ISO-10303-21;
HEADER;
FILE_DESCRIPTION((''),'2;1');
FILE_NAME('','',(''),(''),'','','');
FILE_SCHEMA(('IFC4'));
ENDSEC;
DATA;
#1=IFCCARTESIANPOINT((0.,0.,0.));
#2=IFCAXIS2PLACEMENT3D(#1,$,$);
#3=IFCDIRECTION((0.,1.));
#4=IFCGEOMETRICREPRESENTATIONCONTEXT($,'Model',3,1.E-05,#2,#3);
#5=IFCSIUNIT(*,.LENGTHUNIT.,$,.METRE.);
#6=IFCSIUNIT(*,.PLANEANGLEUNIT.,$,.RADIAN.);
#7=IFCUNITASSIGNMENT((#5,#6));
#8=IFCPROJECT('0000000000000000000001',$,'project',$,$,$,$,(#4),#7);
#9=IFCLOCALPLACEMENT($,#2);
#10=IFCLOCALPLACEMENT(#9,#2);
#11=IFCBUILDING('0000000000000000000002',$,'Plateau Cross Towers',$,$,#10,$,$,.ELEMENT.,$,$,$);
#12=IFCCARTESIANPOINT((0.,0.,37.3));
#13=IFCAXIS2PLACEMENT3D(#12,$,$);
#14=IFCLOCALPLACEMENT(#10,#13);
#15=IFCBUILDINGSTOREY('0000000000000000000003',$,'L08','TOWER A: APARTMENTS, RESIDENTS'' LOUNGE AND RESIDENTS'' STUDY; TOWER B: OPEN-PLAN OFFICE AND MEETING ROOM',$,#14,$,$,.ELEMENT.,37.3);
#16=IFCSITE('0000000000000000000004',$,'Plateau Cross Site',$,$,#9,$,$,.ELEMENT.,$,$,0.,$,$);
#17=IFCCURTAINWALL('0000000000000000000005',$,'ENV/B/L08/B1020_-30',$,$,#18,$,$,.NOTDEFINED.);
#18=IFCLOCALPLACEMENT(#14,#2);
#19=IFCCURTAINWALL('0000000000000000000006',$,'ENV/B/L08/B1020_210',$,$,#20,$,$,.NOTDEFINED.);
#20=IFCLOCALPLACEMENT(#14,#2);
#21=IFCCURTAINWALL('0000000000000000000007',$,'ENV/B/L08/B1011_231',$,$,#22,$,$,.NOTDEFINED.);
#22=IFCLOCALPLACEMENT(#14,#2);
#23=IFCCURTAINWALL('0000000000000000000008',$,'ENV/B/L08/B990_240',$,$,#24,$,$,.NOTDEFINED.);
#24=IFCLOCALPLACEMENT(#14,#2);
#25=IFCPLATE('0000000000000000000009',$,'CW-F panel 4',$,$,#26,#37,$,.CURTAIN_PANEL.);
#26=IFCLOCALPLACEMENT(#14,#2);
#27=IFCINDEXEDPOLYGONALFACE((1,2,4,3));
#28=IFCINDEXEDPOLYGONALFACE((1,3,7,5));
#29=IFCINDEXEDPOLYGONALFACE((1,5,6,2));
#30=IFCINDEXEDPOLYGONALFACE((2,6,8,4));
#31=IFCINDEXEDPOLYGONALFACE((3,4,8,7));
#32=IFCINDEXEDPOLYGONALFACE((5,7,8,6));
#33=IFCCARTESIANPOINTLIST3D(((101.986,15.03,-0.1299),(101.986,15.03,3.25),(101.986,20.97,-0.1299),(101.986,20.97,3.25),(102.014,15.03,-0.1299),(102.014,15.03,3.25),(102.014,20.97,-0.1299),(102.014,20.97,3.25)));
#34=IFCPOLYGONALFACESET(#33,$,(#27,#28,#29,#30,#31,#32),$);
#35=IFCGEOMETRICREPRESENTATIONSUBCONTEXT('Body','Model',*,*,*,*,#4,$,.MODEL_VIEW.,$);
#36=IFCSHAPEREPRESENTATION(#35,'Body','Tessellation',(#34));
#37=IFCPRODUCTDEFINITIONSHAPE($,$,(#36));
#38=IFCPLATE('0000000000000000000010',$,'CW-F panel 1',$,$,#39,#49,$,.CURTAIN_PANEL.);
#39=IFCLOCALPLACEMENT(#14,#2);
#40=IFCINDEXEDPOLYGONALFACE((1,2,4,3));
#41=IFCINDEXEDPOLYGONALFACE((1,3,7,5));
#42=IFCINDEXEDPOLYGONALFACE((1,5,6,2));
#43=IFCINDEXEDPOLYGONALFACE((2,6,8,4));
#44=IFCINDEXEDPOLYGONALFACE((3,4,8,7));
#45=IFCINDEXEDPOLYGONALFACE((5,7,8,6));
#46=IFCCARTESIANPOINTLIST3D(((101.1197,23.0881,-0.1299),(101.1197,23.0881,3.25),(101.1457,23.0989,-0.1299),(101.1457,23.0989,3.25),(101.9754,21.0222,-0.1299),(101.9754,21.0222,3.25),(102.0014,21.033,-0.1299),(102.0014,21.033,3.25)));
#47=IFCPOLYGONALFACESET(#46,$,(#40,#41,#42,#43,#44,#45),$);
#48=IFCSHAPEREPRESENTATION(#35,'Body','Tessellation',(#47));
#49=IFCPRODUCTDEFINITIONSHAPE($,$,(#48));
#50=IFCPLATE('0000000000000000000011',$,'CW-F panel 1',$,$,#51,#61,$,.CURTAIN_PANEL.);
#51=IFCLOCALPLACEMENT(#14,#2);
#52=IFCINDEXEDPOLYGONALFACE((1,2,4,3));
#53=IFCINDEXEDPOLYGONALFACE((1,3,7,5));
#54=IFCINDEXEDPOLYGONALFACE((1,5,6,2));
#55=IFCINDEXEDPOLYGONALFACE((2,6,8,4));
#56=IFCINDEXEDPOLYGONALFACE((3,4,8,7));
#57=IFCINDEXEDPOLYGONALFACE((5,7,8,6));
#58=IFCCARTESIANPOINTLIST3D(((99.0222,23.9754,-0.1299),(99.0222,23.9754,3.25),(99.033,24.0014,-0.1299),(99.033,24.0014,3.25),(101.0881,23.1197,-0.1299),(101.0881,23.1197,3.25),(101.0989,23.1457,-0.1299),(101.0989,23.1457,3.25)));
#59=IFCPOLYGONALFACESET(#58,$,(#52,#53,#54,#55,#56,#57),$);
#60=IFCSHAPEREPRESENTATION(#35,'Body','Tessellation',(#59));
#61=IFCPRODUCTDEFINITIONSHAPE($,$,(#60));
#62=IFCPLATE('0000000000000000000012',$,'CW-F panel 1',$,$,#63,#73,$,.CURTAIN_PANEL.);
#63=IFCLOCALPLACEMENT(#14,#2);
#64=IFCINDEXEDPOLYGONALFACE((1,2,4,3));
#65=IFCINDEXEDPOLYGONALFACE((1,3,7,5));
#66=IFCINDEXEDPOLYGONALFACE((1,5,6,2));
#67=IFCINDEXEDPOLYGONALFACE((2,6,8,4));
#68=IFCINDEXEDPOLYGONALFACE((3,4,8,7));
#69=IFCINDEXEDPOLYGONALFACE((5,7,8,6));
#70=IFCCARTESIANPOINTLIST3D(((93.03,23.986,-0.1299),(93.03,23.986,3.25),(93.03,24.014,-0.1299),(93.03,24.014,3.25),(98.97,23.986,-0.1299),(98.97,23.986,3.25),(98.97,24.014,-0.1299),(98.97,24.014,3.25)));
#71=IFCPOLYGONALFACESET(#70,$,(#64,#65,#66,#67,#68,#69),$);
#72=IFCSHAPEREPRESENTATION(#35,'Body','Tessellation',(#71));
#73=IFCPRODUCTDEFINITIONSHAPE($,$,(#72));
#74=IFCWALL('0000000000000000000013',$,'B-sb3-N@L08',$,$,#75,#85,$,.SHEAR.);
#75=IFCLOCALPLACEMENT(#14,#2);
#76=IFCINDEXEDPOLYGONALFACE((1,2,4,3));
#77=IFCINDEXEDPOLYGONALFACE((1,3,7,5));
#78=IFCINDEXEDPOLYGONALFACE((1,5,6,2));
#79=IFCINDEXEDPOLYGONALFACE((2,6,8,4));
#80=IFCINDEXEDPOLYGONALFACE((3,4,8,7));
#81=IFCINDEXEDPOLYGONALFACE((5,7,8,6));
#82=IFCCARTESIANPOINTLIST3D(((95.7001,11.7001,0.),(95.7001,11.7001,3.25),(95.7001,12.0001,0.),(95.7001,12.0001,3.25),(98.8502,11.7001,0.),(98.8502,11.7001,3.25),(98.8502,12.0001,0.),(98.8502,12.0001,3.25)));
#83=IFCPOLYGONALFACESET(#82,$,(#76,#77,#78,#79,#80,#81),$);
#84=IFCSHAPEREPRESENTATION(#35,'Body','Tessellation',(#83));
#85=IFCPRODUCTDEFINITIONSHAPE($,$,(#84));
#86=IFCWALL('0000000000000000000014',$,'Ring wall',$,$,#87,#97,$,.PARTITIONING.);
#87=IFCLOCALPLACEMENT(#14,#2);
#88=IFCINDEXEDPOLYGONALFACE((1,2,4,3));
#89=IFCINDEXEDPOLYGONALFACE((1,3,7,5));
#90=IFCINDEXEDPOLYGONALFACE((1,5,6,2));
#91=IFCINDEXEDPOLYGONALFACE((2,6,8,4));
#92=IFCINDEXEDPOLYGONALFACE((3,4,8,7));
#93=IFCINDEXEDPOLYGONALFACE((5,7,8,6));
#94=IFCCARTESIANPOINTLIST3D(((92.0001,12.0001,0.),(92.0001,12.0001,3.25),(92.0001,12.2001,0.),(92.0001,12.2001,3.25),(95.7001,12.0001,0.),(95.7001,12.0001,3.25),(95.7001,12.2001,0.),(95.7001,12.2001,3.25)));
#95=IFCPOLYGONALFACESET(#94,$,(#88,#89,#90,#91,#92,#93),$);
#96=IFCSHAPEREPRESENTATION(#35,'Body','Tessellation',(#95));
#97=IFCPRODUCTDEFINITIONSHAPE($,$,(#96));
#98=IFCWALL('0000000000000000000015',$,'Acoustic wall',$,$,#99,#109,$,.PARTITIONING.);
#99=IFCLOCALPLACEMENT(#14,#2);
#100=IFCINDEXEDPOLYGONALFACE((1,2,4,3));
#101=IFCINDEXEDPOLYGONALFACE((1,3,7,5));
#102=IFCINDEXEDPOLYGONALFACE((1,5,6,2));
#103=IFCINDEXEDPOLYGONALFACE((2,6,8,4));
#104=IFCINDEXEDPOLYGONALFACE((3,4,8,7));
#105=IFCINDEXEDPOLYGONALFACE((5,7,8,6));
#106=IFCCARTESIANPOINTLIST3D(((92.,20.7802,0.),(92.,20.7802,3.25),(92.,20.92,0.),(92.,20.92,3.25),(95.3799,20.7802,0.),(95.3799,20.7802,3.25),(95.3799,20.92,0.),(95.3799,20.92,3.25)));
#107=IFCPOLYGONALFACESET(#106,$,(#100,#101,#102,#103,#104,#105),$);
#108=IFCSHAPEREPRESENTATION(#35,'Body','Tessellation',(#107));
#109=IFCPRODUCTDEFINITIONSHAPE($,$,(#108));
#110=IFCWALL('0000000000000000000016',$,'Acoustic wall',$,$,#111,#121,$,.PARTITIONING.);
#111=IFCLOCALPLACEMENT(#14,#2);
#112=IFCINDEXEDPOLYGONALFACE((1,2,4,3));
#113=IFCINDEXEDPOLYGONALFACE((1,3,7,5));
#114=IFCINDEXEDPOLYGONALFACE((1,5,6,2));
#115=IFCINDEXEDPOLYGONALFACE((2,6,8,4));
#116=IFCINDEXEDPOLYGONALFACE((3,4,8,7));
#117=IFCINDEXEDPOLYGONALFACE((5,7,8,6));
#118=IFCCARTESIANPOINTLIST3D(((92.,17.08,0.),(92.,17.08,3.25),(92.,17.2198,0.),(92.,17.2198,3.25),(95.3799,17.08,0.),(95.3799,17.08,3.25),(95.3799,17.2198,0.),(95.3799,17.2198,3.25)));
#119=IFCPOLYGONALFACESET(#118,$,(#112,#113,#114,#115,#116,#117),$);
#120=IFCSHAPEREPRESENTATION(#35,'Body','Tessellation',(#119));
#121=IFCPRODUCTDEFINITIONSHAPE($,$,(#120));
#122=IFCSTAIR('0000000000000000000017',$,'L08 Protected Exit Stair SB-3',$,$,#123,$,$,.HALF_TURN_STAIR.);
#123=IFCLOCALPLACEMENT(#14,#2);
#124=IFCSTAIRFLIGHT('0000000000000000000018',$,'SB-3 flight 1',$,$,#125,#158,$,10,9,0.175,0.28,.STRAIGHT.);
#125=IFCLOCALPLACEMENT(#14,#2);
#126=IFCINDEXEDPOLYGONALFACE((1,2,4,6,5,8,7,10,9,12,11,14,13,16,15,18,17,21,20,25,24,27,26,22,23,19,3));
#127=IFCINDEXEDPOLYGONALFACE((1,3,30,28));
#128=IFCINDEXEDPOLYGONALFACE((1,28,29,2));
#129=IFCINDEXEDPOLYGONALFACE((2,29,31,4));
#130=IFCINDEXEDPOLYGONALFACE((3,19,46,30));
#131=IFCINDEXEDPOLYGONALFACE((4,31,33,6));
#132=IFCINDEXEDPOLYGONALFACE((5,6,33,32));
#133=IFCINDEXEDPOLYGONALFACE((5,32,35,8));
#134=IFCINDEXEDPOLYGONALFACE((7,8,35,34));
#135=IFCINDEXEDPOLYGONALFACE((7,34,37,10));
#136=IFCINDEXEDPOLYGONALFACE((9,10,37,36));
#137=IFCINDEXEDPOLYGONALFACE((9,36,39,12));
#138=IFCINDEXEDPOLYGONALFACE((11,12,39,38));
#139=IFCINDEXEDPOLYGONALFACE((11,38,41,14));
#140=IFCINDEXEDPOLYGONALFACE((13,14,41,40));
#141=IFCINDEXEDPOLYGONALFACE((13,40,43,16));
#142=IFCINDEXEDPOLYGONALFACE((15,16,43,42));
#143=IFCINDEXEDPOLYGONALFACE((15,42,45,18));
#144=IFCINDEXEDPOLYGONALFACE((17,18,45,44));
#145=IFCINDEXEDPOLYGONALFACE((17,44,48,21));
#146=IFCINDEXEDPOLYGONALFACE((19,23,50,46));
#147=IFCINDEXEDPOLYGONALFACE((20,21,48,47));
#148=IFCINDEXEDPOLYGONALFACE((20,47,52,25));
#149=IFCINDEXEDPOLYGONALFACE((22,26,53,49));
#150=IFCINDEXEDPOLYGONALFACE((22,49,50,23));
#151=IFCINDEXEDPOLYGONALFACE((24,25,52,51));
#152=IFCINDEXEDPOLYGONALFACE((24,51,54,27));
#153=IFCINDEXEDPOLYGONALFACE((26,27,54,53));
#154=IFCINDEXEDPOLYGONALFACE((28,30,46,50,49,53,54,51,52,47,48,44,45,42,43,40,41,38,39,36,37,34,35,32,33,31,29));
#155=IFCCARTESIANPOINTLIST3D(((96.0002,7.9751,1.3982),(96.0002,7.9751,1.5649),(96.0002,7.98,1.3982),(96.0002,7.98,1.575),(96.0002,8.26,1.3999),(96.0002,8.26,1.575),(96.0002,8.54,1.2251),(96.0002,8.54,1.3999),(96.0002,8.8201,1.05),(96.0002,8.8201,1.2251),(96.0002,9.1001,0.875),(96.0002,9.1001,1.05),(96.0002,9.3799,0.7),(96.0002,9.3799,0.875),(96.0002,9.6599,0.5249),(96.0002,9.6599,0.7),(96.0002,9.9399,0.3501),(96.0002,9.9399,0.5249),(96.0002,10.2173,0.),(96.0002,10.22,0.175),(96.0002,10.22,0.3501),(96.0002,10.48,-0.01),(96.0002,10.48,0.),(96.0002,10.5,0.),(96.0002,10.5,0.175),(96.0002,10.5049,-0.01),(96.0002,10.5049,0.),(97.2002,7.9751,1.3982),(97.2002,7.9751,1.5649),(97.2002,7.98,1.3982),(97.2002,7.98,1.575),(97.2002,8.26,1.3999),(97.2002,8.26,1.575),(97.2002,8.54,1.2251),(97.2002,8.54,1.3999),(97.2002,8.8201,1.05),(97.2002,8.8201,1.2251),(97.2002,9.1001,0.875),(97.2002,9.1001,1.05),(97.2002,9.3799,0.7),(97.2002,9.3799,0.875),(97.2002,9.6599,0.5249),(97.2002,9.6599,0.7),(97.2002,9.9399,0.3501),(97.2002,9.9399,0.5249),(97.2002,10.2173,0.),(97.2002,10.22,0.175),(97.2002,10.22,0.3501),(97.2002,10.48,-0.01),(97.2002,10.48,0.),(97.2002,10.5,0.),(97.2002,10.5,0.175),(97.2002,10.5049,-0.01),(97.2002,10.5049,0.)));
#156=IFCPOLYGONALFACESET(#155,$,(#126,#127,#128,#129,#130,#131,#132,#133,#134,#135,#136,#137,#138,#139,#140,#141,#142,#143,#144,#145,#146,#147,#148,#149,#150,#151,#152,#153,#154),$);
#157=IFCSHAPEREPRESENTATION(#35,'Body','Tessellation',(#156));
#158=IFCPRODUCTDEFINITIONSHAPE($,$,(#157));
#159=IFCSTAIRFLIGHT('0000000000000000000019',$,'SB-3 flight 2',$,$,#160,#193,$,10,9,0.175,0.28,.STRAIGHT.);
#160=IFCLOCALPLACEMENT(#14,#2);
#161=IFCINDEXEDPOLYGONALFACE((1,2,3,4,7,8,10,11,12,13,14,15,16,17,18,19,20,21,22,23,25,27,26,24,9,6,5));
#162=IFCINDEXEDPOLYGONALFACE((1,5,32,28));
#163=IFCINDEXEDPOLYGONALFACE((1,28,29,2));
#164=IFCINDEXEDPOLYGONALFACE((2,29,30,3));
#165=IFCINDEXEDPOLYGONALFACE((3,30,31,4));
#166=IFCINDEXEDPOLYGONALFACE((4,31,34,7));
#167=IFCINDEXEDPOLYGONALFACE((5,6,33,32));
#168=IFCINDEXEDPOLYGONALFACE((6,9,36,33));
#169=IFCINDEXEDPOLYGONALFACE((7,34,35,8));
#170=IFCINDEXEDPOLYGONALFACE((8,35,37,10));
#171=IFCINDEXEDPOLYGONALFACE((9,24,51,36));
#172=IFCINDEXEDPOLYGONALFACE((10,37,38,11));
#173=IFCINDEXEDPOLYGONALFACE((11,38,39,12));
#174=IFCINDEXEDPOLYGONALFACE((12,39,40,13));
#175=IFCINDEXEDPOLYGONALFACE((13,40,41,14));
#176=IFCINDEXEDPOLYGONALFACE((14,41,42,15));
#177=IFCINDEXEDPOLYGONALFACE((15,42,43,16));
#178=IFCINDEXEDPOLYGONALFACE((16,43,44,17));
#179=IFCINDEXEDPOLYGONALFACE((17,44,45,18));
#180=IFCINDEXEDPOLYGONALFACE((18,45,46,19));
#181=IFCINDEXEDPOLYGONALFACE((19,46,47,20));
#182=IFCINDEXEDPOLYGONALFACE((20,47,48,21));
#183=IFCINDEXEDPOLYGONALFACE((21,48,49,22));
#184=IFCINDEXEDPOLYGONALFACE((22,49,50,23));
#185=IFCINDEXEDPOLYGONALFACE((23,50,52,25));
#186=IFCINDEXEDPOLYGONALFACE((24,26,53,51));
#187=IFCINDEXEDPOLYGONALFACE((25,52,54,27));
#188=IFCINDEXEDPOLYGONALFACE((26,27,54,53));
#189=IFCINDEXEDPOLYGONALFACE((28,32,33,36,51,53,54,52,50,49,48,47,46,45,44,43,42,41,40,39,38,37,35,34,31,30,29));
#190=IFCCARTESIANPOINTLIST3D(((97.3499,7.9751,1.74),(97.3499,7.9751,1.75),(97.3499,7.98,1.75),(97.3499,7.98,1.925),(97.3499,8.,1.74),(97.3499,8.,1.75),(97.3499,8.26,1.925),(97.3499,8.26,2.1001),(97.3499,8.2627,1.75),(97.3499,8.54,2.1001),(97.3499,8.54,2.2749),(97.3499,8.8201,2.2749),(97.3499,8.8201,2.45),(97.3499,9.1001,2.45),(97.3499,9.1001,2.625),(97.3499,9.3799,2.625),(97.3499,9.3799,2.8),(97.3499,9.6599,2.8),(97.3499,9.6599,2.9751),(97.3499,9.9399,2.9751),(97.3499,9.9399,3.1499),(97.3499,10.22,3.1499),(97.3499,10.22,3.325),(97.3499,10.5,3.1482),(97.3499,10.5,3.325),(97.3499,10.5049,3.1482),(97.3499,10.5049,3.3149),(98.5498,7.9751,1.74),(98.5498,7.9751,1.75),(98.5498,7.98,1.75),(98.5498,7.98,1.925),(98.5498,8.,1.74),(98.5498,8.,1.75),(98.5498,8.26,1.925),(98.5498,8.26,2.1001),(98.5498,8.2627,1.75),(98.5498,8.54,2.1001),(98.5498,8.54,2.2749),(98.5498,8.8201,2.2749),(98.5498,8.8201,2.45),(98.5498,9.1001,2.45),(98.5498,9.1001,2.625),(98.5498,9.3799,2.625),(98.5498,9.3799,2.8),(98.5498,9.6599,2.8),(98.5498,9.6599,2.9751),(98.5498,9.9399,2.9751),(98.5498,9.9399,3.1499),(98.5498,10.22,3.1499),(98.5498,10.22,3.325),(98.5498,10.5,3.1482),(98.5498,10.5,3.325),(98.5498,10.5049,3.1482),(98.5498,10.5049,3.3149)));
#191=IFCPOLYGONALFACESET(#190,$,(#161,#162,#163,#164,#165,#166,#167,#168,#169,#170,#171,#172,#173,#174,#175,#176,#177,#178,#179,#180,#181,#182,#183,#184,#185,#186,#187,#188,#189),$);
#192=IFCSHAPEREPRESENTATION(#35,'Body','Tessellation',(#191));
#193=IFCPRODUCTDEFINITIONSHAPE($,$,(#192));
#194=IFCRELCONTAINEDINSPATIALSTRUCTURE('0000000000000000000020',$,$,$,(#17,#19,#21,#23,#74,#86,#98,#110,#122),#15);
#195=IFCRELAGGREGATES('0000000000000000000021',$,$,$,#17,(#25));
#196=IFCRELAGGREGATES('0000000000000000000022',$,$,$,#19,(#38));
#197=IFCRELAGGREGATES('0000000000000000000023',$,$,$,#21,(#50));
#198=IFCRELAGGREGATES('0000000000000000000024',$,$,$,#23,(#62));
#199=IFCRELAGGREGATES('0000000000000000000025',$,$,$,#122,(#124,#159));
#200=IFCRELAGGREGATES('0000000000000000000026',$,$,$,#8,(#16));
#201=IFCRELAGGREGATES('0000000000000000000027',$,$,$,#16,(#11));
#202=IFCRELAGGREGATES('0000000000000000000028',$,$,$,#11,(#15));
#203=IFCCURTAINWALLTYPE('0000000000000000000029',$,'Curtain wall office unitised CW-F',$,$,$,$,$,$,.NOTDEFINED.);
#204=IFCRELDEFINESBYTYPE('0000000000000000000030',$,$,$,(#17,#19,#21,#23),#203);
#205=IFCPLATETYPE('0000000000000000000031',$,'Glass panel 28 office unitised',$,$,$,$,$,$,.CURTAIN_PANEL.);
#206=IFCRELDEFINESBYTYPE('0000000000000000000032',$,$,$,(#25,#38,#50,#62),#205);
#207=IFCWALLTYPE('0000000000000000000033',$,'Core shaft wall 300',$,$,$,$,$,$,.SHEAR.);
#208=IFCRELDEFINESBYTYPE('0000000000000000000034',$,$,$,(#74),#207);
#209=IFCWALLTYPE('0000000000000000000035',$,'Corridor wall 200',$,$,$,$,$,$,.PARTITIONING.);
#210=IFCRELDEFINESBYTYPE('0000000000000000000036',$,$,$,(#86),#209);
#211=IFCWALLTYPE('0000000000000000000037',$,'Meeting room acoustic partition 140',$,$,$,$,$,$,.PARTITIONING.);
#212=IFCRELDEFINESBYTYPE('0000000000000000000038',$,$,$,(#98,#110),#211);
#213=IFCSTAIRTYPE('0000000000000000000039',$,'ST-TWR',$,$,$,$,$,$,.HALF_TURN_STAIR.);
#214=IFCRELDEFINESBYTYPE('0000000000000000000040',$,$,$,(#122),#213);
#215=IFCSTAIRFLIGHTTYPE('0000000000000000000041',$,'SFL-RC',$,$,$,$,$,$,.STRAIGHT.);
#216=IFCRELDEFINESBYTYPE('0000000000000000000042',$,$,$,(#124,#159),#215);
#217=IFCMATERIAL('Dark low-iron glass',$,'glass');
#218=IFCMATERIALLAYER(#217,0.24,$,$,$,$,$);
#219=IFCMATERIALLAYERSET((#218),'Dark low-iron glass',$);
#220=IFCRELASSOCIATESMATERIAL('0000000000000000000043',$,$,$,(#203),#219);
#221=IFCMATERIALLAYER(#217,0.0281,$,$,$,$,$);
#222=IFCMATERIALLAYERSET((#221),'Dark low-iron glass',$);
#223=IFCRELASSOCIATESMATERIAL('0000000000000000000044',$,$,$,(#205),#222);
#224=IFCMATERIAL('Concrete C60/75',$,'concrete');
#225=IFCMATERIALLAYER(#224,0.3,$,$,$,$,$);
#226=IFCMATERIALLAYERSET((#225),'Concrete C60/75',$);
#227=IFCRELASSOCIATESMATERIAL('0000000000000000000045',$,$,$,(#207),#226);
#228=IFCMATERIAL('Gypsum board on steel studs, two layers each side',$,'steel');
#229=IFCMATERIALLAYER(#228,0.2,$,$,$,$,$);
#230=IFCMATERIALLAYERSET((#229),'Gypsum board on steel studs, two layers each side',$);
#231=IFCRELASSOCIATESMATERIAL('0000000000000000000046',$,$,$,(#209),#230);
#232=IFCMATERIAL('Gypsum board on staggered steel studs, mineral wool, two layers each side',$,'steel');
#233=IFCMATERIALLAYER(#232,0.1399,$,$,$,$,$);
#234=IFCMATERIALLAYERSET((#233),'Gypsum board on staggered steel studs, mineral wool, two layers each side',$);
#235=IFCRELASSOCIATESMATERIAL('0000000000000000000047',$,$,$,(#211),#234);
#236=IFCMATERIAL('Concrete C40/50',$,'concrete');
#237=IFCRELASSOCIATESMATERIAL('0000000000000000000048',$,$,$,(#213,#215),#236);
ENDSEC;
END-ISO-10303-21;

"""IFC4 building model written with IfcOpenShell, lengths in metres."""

from ifc_helpers import new_model, si_unit, direction, frame, frame_2d, origin, origin_2d, place, context, subcontext, project, spatial, polyline, rectangle, outline, extrude, material, layer, layer_set, type_object, element, aggregate, save


model = new_model("IFC4")

# Units and contexts
model_context = context("Model", 3, precision=1e-05, world=origin(), true_north=direction((0.0, 1.0)))
body_context = subcontext(model_context, "Body", "Model", "MODEL_VIEW")
ifc_project = project(units=[si_unit("LENGTHUNIT", "METRE"), si_unit("PLANEANGLEUNIT", "RADIAN")], contexts=[model_context])

# Site, building, storey
site_placement = place(None, origin())
site = spatial("IfcSite", under=ifc_project, at=site_placement, Name="Plateau Cross Site", CompositionType="ELEMENT", RefElevation=0.0)
building_placement = place(site_placement, origin())
building = spatial("IfcBuilding", under=site, at=building_placement, Name="Plateau Cross Towers", CompositionType="ELEMENT")
storey_placement = place(building_placement, frame((0.0, 0.0, 37.3)))
storey = spatial("IfcBuildingStorey", under=building, at=storey_placement, Name="L08", Description="TOWER A: APARTMENTS, RESIDENTS' LOUNGE AND RESIDENTS' STUDY; TOWER B: OPEN-PLAN OFFICE AND MEETING ROOM", CompositionType="ELEMENT", Elevation=37.3)

# Shared definitions
ifc_material_1 = material(Name="Concrete C60/75", Category="concrete")

# Curtain wall
ifc_material_2 = material(Name="Dark low-iron glass", Category="glass")
ifc_layer_1 = layer(ifc_material_2, 0.24)
ifc_layer_set_1 = layer_set([ifc_layer_1], Name="Dark low-iron glass")
curtain_wall_type = type_object("IfcCurtainWallType", Name="Curtain wall office unitised CW-F", PredefinedType="NOTDEFINED", material=ifc_layer_set_1)
curtain_wall_1_placement = place(storey_placement, origin())
curtain_wall_1 = element("IfcCurtainWall", 1, at=curtain_wall_1_placement, inside=storey, type_object=curtain_wall_type, Name="ENV/B/L08/B1020_-30", PredefinedType="NOTDEFINED")

# Curtain walls
curtain_wall_2_placement = place(storey_placement, origin())
curtain_wall_2 = element("IfcCurtainWall", 2, at=curtain_wall_2_placement, inside=storey, type_object=curtain_wall_type, Name="ENV/B/L08/B1020_210", PredefinedType="NOTDEFINED")
curtain_wall_3_placement = place(storey_placement, origin())
curtain_wall_3 = element("IfcCurtainWall", 3, at=curtain_wall_3_placement, inside=storey, type_object=curtain_wall_type, Name="ENV/B/L08/B1011_231", PredefinedType="NOTDEFINED")

# Curtain wall
curtain_wall_4_placement = place(storey_placement, origin())
curtain_wall_4 = element("IfcCurtainWall", 4, at=curtain_wall_4_placement, inside=storey, type_object=curtain_wall_type, Name="ENV/B/L08/B990_240", PredefinedType="NOTDEFINED")

# Plates
ifc_layer_2 = layer(ifc_material_2, 0.0281)
ifc_layer_set_2 = layer_set([ifc_layer_2], Name="Dark low-iron glass")
plate_type = type_object("IfcPlateType", Name="Glass panel 28 office unitised", PredefinedType="CURTAIN_PANEL", material=ifc_layer_set_2)
plate_1_placement = place(storey_placement, frame((102.0, 18.0, -0.1299), z_axis=(0.0, 0.0, 1.0), x_axis=(0.0, 1.0, 0.0)))
plate_1 = element("IfcPlate", 5, at=plate_1_placement, type_object=plate_type, Name="CW-F panel 4", PredefinedType="CURTAIN_PANEL", context=body_context, shape_type="SweptSolid", body=[
    extrude(rectangle(XDim=5.9399, YDim=0.0281, at=origin_2d()), origin(), (0.0, 0.0, 1.0), 3.3799),
])
aggregate(curtain_wall_1, [plate_1])
plate_2_placement = place(storey_placement, frame((101.5605, 22.0605, -0.1299), z_axis=(0.0, 0.0, 1.0), x_axis=(-0.382684, 0.923879, 0.0)))
plate_2 = element("IfcPlate", 6, at=plate_2_placement, type_object=plate_type, Name="CW-F panel 1", PredefinedType="CURTAIN_PANEL", context=body_context, shape_type="SweptSolid", body=[
    extrude(rectangle(XDim=2.2361, YDim=0.0281, at=origin_2d()), origin(), (0.0, 0.0, 1.0), 3.3799),
])
aggregate(curtain_wall_2, [plate_2])
plate_3_placement = place(storey_placement, frame((100.0605, 23.5605, -0.1299), z_axis=(0.0, 0.0, 1.0), x_axis=(-0.923879, 0.382684, 0.0)))
plate_3 = element("IfcPlate", 7, at=plate_3_placement, type_object=plate_type, Name="CW-F panel 1", PredefinedType="CURTAIN_PANEL", context=body_context, shape_type="SweptSolid", body=[
    extrude(rectangle(XDim=2.2361, YDim=0.0281, at=origin_2d()), origin(), (0.0, 0.0, 1.0), 3.3799),
])
aggregate(curtain_wall_3, [plate_3])
plate_4_placement = place(storey_placement, frame((96.0, 24.0, -0.1299), z_axis=(0.0, 0.0, 1.0), x_axis=(-1.0, 0.0, 0.0)))
plate_4 = element("IfcPlate", 8, at=plate_4_placement, type_object=plate_type, Name="CW-F panel 1", PredefinedType="CURTAIN_PANEL", context=body_context, shape_type="SweptSolid", body=[
    extrude(rectangle(XDim=5.9399, YDim=0.0281, at=origin_2d()), origin(), (0.0, 0.0, 1.0), 3.3799),
])
aggregate(curtain_wall_4, [plate_4])

# Walls
ifc_layer_3 = layer(ifc_material_1, 0.3)
ifc_layer_set_3 = layer_set([ifc_layer_3], Name="Concrete C60/75")
wall_type_1 = type_object("IfcWallType", Name="Core shaft wall 300", PredefinedType="SHEAR", material=ifc_layer_set_3)
wall_1_placement = place(storey_placement, frame((95.7, 11.8501, 0.0), z_axis=(0.0, 0.0, 1.0), x_axis=(1.0, 0.0, 0.0)))
element("IfcWall", 9, at=wall_1_placement, inside=storey, type_object=wall_type_1, Name="B-sb3-N@L08", PredefinedType="SHEAR", context=body_context, shape_type="SweptSolid", body=[
    extrude(rectangle(XDim=3.1501, YDim=0.3, at=frame_2d((1.5752, 0.0))), origin(), (0.0, 0.0, 1.0), 3.25),
])
ifc_material_3 = material(Name="Gypsum board on steel studs, two layers each side", Category="steel")
ifc_layer_4 = layer(ifc_material_3, 0.2)
ifc_layer_set_4 = layer_set([ifc_layer_4], Name="Gypsum board on steel studs, two layers each side")
wall_type_2 = type_object("IfcWallType", Name="Corridor wall 200", PredefinedType="PARTITIONING", material=ifc_layer_set_4)
wall_2_placement = place(storey_placement, frame((92.0, 12.1001, 0.0), z_axis=(0.0, 0.0, 1.0), x_axis=(1.0, 0.0, 0.0)))
element("IfcWall", 10, at=wall_2_placement, inside=storey, type_object=wall_type_2, Name="Ring wall", PredefinedType="PARTITIONING", context=body_context, shape_type="SweptSolid", body=[
    extrude(rectangle(XDim=3.7, YDim=0.2, at=frame_2d((1.8501, 0.0))), origin(), (0.0, 0.0, 1.0), 3.25),
])

# Shared definitions
ifc_material_4 = material(Name="Gypsum board on staggered steel studs, mineral wool, two layers each side", Category="steel")
ifc_layer_5 = layer(ifc_material_4, 0.1399)
ifc_layer_set_5 = layer_set([ifc_layer_5], Name="Gypsum board on staggered steel studs, mineral wool, two layers each side")
wall_type_3 = type_object("IfcWallType", Name="Meeting room acoustic partition 140", PredefinedType="PARTITIONING", material=ifc_layer_set_5)

# Wall
wall_3_placement = place(storey_placement, frame((92.0, 20.8501, 0.0), z_axis=(0.0, 0.0, 1.0), x_axis=(1.0, 0.0, 0.0)))
element("IfcWall", 11, at=wall_3_placement, inside=storey, type_object=wall_type_3, Name="Acoustic wall", PredefinedType="PARTITIONING", context=body_context, shape_type="SweptSolid", body=[
    extrude(rectangle(XDim=3.3799, YDim=0.1399, at=frame_2d((1.6899, 0.0))), origin(), (0.0, 0.0, 1.0), 3.25),
])

# Wall
wall_4_placement = place(storey_placement, frame((92.0, 17.1499, 0.0), z_axis=(0.0, 0.0, 1.0), x_axis=(1.0, 0.0, 0.0)))
element("IfcWall", 12, at=wall_4_placement, inside=storey, type_object=wall_type_3, Name="Acoustic wall", PredefinedType="PARTITIONING", context=body_context, shape_type="SweptSolid", body=[
    extrude(rectangle(XDim=3.3799, YDim=0.1399, at=frame_2d((1.6899, 0.0))), origin(), (0.0, 0.0, 1.0), 3.25),
])

# Stair, stair flights
ifc_material_5 = material(Name="Concrete C40/50", Category="concrete")
stair_type = type_object("IfcStairType", Name="ST-TWR", PredefinedType="HALF_TURN_STAIR", material=ifc_material_5)
stair_placement = place(storey_placement, origin())
stair = element("IfcStair", 13, at=stair_placement, inside=storey, type_object=stair_type, Name="L08 Protected Exit Stair SB-3", PredefinedType="HALF_TURN_STAIR")
stair_flight_type = type_object("IfcStairFlightType", Name="SFL-RC", PredefinedType="STRAIGHT", material=ifc_material_5)
stair_flight_1_placement = place(storey_placement, frame((96.6001, 10.5, 0.0), z_axis=(0.0, 0.0, 1.0), x_axis=(0.0, -1.0, 0.0)))
stair_flight_1 = element("IfcStairFlight", 14, at=stair_flight_1_placement, type_object=stair_flight_type, Name="SB-3 flight 1", NumberOfRisers=10, NumberOfTreads=9, PredefinedType="STRAIGHT", RiserHeight=0.175, TreadLength=0.28, context=body_context, shape_type="SweptSolid", body=[
    extrude(outline(polyline([(-0.0049, -0.01), (-0.0049, 0.0), (0.0, 0.0), (0.0, 0.175), (0.28, 0.175), (0.28, 0.3501), (0.5601, 0.3501), (0.5601, 0.5249), (0.8401, 0.5249), (0.8401, 0.7), (1.1201, 0.7), (1.1201, 0.875), (1.3999, 0.875), (1.3999, 1.05), (1.6799, 1.05), (1.6799, 1.2251), (1.96, 1.2251), (1.96, 1.3999), (2.24, 1.3999), (2.24, 1.575), (2.52, 1.575), (2.5249, 1.5649), (2.5249, 1.3982), (2.52, 1.3982), (0.2827, 0.0), (0.02, 0.0), (0.02, -0.01), (-0.0049, -0.01)])), frame((0.0, 0.6001, 0.0), z_axis=(0.0, -1.0, 0.0), x_axis=(1.0, 0.0, 0.0)), (0.0, 0.0, 1.0), 1.2),
])
stair_flight_2_placement = place(storey_placement, frame((97.95, 7.98, 1.75), z_axis=(0.0, 0.0, 1.0), x_axis=(0.0, 1.0, 0.0)))
stair_flight_2 = element("IfcStairFlight", 15, at=stair_flight_2_placement, type_object=stair_flight_type, Name="SB-3 flight 2", NumberOfRisers=10, NumberOfTreads=9, PredefinedType="STRAIGHT", RiserHeight=0.175, TreadLength=0.28, context=body_context, shape_type="SweptSolid", body=[
    extrude(outline(polyline([(-0.0049, -0.01), (-0.0049, 0.0), (0.0, 0.0), (0.0, 0.175), (0.28, 0.175), (0.28, 0.3501), (0.5601, 0.3501), (0.5601, 0.5249), (0.8401, 0.5249), (0.8401, 0.7), (1.1201, 0.7), (1.1201, 0.875), (1.3999, 0.875), (1.3999, 1.05), (1.6799, 1.05), (1.6799, 1.2251), (1.96, 1.2251), (1.96, 1.3999), (2.24, 1.3999), (2.24, 1.575), (2.52, 1.575), (2.5249, 1.5649), (2.5249, 1.3982), (2.52, 1.3982), (0.2827, 0.0), (0.02, 0.0), (0.02, -0.01), (-0.0049, -0.01)])), frame((0.0, 0.6001, 0.0), z_axis=(0.0, -1.0, 0.0), x_axis=(1.0, 0.0, 0.0)), (0.0, 0.0, 1.0), 1.2),
])
aggregate(stair, [stair_flight_1, stair_flight_2])

save(model, "model.ifc")
